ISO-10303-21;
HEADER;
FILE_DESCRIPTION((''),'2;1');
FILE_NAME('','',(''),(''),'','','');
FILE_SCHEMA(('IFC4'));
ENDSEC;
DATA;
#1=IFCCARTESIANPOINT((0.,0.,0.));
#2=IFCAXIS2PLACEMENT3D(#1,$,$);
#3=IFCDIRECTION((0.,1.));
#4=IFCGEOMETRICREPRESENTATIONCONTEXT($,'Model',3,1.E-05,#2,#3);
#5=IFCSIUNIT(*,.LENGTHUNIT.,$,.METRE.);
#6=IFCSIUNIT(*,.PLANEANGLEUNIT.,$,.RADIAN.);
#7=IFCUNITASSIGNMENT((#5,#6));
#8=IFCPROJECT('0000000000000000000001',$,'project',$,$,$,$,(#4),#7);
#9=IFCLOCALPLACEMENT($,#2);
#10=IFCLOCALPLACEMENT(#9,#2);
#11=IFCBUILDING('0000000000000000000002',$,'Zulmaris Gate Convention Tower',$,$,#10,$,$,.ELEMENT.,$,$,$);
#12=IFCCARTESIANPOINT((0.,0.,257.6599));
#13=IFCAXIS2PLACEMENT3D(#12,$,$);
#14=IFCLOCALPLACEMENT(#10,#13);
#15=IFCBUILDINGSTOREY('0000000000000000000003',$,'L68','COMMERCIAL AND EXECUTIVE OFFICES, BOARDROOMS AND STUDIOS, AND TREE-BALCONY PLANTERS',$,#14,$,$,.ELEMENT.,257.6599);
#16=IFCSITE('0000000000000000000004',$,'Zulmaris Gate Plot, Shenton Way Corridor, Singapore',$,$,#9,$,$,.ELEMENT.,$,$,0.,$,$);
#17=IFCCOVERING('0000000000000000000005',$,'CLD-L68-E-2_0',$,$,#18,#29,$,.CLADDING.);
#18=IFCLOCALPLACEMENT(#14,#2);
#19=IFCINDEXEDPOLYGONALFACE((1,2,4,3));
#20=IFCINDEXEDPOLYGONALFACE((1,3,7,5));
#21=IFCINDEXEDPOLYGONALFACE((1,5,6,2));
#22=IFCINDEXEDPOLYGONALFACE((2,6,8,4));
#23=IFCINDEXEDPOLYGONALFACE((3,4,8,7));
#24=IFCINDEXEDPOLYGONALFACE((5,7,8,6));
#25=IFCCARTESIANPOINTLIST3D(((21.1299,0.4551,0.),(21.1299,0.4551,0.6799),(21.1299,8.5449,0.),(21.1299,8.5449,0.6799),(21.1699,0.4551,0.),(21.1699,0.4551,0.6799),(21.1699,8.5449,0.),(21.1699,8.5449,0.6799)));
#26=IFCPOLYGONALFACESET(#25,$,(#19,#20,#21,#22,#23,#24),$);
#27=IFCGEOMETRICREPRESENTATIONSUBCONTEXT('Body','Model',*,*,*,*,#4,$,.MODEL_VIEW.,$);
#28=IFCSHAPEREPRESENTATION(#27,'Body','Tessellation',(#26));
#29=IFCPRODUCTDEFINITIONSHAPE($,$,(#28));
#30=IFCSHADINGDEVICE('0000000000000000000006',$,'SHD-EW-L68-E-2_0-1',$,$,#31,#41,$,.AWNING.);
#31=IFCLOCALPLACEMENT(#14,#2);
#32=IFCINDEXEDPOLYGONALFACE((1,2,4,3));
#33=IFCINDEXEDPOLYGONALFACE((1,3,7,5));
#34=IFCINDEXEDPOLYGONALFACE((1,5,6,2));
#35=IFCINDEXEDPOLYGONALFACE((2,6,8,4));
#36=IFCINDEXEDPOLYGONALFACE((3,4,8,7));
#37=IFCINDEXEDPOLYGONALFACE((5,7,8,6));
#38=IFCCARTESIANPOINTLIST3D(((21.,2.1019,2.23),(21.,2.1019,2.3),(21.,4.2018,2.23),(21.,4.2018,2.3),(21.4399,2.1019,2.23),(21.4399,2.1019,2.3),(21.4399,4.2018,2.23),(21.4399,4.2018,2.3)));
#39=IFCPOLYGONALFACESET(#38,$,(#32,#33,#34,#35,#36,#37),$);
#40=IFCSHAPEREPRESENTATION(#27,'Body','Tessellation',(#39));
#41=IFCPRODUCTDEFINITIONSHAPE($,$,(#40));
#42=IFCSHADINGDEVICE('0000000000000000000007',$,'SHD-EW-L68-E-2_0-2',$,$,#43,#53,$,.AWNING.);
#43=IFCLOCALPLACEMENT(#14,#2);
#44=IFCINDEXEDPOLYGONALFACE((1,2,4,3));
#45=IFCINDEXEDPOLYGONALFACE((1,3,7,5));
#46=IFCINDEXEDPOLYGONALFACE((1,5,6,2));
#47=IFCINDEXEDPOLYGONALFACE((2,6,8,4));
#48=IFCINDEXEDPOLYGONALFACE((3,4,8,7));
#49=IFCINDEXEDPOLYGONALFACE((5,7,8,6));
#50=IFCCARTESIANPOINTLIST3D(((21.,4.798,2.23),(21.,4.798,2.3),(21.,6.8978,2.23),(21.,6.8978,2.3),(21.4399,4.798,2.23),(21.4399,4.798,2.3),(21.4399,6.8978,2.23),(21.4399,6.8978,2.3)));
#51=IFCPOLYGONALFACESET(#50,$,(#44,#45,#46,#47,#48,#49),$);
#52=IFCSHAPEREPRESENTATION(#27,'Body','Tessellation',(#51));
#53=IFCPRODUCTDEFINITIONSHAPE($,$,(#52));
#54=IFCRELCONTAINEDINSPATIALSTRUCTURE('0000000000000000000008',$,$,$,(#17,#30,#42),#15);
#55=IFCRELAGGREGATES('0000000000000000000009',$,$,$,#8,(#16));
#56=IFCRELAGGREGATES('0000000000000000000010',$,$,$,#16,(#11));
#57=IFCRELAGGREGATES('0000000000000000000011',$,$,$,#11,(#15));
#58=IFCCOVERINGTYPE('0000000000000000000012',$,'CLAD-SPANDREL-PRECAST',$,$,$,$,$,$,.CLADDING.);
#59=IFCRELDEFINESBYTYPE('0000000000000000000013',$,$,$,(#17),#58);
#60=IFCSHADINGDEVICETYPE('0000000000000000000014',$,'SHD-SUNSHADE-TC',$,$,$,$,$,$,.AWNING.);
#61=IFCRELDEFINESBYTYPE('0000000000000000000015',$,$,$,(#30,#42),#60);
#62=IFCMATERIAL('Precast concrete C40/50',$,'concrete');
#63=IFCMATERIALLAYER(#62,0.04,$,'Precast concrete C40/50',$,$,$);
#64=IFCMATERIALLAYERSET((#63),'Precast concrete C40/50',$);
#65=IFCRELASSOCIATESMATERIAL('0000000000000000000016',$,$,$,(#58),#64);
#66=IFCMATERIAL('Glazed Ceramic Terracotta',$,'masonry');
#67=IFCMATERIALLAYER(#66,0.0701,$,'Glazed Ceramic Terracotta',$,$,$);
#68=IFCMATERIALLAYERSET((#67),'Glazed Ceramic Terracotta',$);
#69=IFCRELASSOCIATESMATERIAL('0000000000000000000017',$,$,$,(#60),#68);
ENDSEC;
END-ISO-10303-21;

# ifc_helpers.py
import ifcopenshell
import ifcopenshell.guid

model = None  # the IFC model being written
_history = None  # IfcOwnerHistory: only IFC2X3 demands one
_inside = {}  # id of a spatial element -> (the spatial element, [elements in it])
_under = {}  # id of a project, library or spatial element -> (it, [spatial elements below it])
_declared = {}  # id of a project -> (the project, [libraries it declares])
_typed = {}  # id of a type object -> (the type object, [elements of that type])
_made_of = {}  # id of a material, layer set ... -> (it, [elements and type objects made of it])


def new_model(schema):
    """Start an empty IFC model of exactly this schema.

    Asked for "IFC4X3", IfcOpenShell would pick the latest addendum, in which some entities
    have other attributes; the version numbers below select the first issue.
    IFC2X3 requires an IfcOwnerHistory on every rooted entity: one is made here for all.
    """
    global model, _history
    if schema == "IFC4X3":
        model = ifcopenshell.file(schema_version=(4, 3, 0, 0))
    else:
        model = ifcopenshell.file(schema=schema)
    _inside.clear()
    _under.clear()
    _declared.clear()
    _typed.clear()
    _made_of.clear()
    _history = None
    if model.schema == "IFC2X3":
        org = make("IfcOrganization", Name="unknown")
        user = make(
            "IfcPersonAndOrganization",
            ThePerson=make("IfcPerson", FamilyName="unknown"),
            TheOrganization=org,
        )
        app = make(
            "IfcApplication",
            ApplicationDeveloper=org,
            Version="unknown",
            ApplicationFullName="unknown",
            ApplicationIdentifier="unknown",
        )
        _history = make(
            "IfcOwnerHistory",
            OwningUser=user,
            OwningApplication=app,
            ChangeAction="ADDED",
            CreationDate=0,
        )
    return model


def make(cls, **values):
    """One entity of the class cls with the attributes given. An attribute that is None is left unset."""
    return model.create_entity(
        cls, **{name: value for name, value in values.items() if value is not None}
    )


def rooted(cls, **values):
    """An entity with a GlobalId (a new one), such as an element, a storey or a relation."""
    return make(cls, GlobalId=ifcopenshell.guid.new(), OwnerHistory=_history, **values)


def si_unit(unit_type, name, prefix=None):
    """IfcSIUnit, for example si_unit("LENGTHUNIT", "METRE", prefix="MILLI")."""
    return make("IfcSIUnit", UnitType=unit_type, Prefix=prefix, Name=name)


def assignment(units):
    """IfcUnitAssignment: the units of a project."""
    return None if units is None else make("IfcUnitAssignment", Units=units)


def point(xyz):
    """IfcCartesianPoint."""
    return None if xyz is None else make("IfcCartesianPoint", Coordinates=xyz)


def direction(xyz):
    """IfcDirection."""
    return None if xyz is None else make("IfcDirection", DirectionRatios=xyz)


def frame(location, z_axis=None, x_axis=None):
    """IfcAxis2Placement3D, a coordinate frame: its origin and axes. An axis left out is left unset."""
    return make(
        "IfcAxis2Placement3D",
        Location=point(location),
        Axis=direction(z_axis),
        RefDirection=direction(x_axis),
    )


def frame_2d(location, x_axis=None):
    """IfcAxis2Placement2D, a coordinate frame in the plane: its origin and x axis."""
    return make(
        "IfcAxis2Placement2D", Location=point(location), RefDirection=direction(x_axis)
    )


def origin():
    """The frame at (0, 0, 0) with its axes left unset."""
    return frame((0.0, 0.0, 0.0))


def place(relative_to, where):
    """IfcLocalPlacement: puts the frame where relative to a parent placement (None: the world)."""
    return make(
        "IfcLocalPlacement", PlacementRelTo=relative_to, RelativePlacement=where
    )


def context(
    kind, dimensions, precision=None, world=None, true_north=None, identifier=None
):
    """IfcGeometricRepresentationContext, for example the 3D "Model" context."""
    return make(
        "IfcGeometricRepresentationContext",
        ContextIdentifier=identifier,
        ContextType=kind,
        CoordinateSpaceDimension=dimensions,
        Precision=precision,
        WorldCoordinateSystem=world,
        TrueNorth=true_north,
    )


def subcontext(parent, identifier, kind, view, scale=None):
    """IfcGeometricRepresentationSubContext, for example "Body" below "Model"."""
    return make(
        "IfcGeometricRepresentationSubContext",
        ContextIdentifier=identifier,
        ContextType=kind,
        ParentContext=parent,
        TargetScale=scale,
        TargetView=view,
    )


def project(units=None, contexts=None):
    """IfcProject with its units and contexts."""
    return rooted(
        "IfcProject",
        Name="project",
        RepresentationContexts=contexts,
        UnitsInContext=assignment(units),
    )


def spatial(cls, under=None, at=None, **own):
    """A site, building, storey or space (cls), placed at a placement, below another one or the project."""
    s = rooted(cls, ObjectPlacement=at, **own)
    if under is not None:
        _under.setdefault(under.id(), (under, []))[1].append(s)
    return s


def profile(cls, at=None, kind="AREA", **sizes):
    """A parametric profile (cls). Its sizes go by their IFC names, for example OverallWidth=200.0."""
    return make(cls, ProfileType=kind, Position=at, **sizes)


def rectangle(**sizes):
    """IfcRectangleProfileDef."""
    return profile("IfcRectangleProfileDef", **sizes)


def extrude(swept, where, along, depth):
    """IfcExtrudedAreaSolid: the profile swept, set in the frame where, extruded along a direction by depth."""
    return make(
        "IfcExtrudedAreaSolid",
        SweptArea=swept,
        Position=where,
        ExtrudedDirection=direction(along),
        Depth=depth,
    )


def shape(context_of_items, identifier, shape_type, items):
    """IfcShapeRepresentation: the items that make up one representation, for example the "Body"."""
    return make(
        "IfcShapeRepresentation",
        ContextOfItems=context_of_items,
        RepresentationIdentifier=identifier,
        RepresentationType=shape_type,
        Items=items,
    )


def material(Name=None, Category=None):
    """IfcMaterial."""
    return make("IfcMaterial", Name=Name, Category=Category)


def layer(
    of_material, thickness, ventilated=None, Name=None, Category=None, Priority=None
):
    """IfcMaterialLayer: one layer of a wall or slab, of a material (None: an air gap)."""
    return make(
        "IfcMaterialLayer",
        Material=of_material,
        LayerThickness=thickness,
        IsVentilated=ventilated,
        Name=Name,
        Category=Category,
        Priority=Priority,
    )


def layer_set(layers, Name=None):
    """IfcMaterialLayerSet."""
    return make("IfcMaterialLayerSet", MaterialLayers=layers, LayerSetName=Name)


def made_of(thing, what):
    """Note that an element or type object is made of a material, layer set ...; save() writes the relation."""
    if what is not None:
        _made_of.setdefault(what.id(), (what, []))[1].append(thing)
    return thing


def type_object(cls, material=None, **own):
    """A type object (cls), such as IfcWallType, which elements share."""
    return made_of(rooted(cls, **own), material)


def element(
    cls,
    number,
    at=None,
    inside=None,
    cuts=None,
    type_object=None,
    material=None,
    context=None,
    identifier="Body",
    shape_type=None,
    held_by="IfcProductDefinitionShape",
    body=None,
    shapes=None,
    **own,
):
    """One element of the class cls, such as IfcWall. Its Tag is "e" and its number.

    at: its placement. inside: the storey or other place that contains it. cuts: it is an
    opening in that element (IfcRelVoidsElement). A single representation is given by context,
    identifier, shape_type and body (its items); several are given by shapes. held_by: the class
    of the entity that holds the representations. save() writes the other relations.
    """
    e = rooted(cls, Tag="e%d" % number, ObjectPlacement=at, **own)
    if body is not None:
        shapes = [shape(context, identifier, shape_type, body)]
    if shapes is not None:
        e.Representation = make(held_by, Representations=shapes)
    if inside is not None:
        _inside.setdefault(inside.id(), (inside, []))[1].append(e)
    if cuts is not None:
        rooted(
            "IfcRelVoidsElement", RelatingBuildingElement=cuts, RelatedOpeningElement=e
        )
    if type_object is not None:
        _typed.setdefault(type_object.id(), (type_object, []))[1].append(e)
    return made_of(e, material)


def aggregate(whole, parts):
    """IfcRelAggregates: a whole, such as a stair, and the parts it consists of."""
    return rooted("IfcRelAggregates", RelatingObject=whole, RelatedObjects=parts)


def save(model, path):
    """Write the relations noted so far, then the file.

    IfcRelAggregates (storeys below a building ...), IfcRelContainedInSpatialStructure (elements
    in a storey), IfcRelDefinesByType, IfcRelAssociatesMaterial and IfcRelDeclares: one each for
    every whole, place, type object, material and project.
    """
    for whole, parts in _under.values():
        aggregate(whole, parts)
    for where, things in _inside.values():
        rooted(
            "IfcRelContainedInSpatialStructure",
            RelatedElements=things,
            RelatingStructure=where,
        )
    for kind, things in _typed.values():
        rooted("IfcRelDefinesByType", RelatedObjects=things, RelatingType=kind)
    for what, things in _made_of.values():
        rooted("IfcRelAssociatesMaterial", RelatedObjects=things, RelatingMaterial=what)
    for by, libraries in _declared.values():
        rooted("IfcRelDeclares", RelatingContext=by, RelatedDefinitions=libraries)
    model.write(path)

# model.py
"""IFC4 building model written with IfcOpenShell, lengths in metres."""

from ifc_helpers import new_model, si_unit, direction, frame, frame_2d, origin, place, context, subcontext, project, spatial, rectangle, extrude, material, layer, layer_set, type_object, element, save


model = new_model("IFC4")

# Units and contexts
model_context = context("Model", 3, precision=1e-05, world=origin(), true_north=direction((0.0, 1.0)))
body_context = subcontext(model_context, "Body", "Model", "MODEL_VIEW")
ifc_project = project(units=[si_unit("LENGTHUNIT", "METRE"), si_unit("PLANEANGLEUNIT", "RADIAN")], contexts=[model_context])

# Site, building, storey
site_placement = place(None, origin())
site = spatial("IfcSite", under=ifc_project, at=site_placement, Name="Zulmaris Gate Plot, Shenton Way Corridor, Singapore", CompositionType="ELEMENT", RefElevation=0.0)
building_placement = place(site_placement, origin())
building = spatial("IfcBuilding", under=site, at=building_placement, Name="Zulmaris Gate Convention Tower", CompositionType="ELEMENT")
storey_placement = place(building_placement, frame((0.0, 0.0, 257.6599)))
storey = spatial("IfcBuildingStorey", under=building, at=storey_placement, Name="L68", Description="COMMERCIAL AND EXECUTIVE OFFICES, BOARDROOMS AND STUDIOS, AND TREE-BALCONY PLANTERS", CompositionType="ELEMENT", Elevation=257.6599)

# Shared definitions
ifc_material_1 = material(Name="Precast concrete C40/50", Category="concrete")

# Covering
ifc_layer_1 = layer(ifc_material_1, 0.04, Name="Precast concrete C40/50")
ifc_layer_set_1 = layer_set([ifc_layer_1], Name="Precast concrete C40/50")
covering_type = type_object("IfcCoveringType", Name="CLAD-SPANDREL-PRECAST", PredefinedType="CLADDING", material=ifc_layer_set_1)
covering_placement = place(storey_placement, frame((21.1499, 0.4551, 0.0), z_axis=(0.0, 0.0, 1.0), x_axis=(0.0, 1.0, 0.0)))
element("IfcCovering", 1, at=covering_placement, inside=storey, type_object=covering_type, Name="CLD-L68-E-2_0", PredefinedType="CLADDING", context=body_context, shape_type="SweptSolid", body=[
    extrude(rectangle(XDim=8.0898, YDim=0.04, at=frame_2d((4.0449, 0.0))), origin(), (0.0, 0.0, 1.0), 0.6799),
])

# Shading devices
ifc_material_2 = material(Name="Glazed Ceramic Terracotta", Category="masonry")
ifc_layer_2 = layer(ifc_material_2, 0.0701, Name="Glazed Ceramic Terracotta")
ifc_layer_set_2 = layer_set([ifc_layer_2], Name="Glazed Ceramic Terracotta")
shading_device_type = type_object("IfcShadingDeviceType", Name="SHD-SUNSHADE-TC", PredefinedType="AWNING", material=ifc_layer_set_2)
for number, where, z_axis, x_axis, name in (
    (2, (21.22, 2.1021, 2.23), (0.0, 0.0, 1.0), (0.0, 1.0, 0.0), "SHD-EW-L68-E-2_0-1"),
    (3, (21.22, 4.7981, 2.23), (0.0, 0.0, 1.0), (0.0, 1.0, 0.0), "SHD-EW-L68-E-2_0-2"),
):
    element("IfcShadingDevice", number, at=place(storey_placement, frame(where, z_axis=z_axis, x_axis=x_axis)), inside=storey, type_object=shading_device_type, Name=name, PredefinedType="AWNING", context=body_context, shape_type="SweptSolid", body=[
        extrude(rectangle(XDim=2.0999, YDim=0.4399, at=frame_2d((1.0498, 0.0))), origin(), (0.0, 0.0, 1.0), 0.0701),
    ])

save(model, "model.ifc")
